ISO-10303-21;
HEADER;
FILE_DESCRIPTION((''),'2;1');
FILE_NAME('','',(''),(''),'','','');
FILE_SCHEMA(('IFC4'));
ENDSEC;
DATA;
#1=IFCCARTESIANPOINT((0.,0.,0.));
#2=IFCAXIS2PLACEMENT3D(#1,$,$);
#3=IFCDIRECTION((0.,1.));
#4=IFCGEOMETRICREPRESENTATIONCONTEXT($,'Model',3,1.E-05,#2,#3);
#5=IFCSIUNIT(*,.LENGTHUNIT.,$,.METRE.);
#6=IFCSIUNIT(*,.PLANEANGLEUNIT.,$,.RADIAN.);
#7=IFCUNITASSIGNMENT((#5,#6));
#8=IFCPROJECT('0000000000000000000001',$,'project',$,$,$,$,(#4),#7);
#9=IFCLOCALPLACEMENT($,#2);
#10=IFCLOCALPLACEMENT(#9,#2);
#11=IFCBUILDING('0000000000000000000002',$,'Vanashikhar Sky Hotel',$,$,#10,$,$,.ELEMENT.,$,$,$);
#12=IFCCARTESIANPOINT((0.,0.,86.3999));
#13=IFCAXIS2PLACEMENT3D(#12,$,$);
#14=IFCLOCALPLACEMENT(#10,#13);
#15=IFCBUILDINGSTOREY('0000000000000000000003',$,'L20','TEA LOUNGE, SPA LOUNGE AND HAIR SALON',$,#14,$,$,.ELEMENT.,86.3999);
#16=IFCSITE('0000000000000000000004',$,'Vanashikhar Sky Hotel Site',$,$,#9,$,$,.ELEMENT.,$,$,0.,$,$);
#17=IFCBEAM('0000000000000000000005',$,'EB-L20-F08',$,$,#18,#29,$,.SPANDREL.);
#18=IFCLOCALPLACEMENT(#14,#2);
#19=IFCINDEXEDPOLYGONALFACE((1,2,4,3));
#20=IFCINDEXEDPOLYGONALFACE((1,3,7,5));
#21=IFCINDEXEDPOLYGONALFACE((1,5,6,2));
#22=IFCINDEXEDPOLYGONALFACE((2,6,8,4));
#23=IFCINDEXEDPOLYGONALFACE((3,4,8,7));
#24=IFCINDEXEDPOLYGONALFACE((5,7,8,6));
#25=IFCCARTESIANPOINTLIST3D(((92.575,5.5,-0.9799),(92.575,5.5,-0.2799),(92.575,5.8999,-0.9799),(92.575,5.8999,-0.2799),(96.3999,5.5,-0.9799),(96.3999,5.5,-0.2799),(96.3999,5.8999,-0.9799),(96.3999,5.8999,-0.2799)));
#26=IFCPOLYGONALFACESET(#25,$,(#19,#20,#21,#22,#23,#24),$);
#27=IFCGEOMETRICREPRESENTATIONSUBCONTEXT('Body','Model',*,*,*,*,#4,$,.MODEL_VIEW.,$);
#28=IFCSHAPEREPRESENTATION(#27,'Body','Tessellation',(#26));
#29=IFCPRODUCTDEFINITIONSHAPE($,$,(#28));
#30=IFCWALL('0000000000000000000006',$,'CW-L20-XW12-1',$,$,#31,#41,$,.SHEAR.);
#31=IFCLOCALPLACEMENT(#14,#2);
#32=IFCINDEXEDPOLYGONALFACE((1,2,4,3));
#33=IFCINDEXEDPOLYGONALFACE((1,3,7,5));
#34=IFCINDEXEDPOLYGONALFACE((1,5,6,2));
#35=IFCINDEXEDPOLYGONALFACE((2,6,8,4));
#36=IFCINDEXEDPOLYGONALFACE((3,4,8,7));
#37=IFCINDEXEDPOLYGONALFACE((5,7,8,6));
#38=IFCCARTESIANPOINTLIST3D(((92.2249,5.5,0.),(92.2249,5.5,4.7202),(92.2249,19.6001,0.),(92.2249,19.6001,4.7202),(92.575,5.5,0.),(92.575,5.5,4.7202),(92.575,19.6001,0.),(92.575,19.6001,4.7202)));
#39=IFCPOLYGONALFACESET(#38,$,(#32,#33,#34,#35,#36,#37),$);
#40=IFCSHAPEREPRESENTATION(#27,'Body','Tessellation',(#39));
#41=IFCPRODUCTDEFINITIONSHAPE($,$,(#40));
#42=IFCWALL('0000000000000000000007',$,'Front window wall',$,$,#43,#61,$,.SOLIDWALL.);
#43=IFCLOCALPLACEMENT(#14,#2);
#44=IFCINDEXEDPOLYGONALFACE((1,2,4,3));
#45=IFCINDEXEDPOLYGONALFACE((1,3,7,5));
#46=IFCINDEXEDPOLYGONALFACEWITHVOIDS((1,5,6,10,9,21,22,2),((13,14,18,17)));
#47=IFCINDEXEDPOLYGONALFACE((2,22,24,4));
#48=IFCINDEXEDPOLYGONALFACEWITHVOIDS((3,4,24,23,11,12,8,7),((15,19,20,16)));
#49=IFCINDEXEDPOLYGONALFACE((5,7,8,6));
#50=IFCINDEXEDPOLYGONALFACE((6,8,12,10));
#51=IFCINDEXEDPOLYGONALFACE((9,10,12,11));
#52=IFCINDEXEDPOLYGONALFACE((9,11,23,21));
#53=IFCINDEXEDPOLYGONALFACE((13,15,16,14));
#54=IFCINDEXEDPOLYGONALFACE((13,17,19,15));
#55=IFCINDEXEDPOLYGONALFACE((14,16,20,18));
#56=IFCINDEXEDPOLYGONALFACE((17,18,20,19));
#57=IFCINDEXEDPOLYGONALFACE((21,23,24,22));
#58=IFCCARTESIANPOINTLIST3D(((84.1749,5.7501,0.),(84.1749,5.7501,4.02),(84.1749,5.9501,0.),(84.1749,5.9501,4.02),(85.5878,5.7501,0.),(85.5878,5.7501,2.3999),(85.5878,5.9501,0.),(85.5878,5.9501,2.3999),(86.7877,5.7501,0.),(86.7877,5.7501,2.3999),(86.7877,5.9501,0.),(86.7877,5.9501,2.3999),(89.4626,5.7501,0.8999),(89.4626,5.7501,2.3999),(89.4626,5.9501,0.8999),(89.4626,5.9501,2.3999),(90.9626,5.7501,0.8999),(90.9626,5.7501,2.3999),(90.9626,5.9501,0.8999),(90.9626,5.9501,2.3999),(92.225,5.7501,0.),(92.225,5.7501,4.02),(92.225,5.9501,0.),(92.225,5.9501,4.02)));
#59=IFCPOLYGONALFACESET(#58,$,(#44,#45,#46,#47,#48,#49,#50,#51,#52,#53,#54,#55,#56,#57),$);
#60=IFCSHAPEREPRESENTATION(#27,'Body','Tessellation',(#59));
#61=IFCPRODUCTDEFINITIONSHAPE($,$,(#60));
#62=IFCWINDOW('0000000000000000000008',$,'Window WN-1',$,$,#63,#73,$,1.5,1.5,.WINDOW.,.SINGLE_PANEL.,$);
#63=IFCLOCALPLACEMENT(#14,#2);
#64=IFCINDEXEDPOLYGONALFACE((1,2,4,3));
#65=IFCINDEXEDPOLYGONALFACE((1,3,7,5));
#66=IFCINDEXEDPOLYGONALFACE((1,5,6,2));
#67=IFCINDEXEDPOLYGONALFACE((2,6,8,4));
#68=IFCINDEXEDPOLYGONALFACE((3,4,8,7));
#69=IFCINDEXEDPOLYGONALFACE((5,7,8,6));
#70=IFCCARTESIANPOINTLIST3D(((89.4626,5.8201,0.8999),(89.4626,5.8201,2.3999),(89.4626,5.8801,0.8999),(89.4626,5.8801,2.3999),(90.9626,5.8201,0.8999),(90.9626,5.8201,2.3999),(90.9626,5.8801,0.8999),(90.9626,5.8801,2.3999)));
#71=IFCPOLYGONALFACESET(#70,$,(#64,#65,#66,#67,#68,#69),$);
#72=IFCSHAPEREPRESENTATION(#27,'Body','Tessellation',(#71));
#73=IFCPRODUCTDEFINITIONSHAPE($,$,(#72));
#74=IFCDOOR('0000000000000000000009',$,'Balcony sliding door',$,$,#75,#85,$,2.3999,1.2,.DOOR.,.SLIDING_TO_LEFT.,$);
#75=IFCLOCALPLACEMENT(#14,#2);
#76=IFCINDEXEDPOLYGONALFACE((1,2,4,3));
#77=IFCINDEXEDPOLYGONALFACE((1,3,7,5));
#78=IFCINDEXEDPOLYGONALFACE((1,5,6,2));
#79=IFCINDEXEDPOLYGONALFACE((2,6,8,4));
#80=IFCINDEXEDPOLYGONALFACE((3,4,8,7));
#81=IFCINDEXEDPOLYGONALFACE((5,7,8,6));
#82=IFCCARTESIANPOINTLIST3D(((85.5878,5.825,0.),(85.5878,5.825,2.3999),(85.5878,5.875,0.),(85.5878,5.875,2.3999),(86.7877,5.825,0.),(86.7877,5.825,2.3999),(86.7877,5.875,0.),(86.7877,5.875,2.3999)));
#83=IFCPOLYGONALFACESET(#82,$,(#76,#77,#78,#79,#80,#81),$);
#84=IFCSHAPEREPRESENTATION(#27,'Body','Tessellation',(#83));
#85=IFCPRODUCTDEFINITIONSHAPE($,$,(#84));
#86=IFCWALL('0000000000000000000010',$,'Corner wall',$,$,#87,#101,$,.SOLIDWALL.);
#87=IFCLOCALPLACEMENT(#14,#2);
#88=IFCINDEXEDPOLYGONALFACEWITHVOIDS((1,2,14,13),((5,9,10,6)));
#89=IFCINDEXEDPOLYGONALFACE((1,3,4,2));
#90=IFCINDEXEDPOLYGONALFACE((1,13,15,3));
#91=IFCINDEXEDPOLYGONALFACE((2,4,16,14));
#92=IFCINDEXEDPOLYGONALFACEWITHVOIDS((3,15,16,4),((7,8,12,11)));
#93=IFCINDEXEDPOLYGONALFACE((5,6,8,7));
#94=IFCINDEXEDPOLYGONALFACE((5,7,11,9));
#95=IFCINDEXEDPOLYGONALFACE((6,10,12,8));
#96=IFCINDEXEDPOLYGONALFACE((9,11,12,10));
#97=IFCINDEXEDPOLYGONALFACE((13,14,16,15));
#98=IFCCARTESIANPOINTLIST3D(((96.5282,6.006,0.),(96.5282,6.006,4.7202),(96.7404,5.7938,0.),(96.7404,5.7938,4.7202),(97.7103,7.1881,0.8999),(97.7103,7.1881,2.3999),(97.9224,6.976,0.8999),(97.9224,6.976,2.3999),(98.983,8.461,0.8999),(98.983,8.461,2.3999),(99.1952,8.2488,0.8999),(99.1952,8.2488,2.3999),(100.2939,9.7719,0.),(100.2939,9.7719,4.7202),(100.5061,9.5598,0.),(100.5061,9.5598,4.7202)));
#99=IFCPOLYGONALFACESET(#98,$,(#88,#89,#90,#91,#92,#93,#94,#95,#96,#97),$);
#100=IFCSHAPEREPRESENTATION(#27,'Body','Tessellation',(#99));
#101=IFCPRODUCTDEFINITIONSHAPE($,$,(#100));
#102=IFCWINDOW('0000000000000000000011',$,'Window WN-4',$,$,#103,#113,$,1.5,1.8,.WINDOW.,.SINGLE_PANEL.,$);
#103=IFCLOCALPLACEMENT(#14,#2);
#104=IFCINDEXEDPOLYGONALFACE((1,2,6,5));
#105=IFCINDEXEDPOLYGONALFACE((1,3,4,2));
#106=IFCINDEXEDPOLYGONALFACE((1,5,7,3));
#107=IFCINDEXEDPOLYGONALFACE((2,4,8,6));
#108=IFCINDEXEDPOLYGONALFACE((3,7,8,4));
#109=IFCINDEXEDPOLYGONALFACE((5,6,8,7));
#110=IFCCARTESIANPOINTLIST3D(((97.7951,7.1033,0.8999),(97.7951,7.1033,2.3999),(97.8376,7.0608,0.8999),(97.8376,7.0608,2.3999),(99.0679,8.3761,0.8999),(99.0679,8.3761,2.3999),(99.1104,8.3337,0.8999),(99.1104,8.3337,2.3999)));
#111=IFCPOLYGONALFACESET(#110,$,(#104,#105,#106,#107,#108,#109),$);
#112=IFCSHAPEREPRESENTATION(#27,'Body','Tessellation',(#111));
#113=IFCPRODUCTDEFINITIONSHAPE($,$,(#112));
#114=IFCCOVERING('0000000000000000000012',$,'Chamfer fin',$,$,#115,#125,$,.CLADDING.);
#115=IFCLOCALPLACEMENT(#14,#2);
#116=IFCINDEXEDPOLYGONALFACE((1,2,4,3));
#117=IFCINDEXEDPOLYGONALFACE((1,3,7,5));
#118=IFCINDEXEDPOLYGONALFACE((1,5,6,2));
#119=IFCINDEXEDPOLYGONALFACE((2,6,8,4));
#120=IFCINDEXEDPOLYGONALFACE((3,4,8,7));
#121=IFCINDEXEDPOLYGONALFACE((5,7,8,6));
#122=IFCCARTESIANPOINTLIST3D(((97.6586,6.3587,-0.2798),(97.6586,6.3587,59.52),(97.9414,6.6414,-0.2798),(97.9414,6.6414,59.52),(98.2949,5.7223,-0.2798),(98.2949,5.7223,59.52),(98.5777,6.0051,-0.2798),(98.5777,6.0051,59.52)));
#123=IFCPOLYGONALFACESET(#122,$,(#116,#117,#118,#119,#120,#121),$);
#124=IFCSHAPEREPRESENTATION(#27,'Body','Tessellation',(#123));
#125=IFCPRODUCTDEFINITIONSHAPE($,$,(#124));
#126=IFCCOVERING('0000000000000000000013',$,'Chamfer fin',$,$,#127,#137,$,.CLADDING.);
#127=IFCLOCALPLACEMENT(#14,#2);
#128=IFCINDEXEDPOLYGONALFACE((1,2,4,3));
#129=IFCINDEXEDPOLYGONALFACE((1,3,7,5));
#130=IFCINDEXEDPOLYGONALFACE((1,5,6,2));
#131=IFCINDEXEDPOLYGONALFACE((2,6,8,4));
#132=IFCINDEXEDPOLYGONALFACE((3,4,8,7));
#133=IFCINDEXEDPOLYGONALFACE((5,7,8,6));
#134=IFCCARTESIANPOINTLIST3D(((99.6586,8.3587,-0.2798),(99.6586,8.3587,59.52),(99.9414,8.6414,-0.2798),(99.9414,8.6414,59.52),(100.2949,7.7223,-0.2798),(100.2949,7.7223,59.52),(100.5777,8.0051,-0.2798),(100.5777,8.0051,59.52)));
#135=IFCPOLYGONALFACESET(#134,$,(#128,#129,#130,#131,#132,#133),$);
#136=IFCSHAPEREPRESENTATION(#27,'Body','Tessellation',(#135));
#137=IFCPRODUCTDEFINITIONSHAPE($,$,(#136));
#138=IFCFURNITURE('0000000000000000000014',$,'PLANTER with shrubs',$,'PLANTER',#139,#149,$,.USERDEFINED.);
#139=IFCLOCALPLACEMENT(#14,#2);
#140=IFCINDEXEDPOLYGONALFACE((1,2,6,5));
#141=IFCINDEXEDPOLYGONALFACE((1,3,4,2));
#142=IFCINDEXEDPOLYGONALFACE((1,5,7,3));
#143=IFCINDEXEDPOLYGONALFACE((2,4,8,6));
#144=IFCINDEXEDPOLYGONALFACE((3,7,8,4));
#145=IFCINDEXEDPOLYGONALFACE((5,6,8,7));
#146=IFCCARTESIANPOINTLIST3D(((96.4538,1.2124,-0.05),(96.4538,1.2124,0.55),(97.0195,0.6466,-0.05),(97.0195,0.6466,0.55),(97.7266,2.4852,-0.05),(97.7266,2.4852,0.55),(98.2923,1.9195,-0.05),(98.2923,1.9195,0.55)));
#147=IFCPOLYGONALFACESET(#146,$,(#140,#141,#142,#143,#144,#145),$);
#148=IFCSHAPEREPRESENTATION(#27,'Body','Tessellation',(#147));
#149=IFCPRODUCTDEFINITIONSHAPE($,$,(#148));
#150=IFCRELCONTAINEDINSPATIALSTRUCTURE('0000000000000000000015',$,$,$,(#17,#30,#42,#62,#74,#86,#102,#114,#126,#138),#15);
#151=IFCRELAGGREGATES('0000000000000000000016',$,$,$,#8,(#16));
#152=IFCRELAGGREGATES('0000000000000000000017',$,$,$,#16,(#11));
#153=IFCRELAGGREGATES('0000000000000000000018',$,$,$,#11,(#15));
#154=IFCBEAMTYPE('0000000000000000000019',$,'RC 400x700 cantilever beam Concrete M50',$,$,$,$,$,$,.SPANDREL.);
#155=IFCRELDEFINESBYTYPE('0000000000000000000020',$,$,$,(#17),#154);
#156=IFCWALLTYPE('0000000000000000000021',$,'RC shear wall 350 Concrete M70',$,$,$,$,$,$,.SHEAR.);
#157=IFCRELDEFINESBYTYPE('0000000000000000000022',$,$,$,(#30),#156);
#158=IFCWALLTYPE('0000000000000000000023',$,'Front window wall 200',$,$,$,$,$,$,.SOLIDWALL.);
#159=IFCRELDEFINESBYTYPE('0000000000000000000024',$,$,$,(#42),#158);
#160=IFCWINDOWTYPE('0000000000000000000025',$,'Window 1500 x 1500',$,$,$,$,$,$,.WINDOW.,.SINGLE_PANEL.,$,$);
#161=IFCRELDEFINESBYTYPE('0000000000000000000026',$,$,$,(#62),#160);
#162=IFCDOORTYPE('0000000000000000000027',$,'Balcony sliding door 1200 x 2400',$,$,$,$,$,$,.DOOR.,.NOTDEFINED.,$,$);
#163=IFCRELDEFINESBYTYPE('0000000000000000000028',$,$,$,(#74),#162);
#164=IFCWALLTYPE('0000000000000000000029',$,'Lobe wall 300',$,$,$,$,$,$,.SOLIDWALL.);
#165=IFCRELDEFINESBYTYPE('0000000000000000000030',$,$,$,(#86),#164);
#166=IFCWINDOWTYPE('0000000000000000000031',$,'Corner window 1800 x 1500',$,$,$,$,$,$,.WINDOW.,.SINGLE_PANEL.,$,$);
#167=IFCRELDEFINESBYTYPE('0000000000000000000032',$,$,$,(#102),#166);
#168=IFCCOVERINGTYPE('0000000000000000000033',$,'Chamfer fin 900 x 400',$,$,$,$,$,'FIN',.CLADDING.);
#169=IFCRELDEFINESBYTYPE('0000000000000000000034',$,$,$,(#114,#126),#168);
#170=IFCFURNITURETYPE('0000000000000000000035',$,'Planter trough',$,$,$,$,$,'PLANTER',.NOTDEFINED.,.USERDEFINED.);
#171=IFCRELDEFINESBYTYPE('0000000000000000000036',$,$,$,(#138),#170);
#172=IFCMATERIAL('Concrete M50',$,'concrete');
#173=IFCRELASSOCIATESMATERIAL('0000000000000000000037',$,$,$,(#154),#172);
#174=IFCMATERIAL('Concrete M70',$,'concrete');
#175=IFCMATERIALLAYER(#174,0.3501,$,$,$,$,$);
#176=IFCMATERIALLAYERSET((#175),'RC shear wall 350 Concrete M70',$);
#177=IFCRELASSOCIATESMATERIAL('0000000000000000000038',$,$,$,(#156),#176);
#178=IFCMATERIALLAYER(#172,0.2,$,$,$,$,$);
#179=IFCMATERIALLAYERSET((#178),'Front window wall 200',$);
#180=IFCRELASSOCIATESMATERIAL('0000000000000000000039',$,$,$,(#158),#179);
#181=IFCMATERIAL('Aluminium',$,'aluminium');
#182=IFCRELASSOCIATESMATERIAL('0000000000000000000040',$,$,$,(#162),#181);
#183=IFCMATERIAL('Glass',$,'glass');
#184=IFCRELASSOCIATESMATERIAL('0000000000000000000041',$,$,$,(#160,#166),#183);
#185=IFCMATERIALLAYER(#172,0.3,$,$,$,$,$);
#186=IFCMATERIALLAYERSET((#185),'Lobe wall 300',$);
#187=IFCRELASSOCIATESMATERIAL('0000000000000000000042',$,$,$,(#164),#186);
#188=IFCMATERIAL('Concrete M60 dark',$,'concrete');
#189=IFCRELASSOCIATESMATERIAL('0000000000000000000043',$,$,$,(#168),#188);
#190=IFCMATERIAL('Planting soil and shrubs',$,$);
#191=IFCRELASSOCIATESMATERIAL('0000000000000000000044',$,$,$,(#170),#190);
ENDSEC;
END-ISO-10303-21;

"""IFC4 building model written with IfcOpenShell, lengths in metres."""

from ifc_helpers import new_model, si_unit, direction, frame, frame_2d, origin, origin_2d, place, context, subcontext, project, spatial, rectangle, extrude, source, transform, mapped, material, layer, layer_set, material_profile, profile_set, type_object, element, fill, save


model = new_model("IFC4")

# Units and contexts
model_context = context("Model", 3, precision=1e-05, world=origin(), true_north=direction((0.0, 1.0)))
body_context = subcontext(model_context, "Body", "Model", "MODEL_VIEW")
ifc_project = project(units=[si_unit("LENGTHUNIT", "METRE"), si_unit("PLANEANGLEUNIT", "RADIAN")], contexts=[model_context])

# Site, building, storey
site_placement = place(None, origin())
site = spatial("IfcSite", under=ifc_project, at=site_placement, Name="Vanashikhar Sky Hotel Site", CompositionType="ELEMENT", RefElevation=0.0)
building_placement = place(site_placement, origin())
building = spatial("IfcBuilding", under=site, at=building_placement, Name="Vanashikhar Sky Hotel", CompositionType="ELEMENT")
storey_placement = place(building_placement, frame((0.0, 0.0, 86.3999)))
storey = spatial("IfcBuildingStorey", under=building, at=storey_placement, Name="L20", Description="TEA LOUNGE, SPA LOUNGE AND HAIR SALON", CompositionType="ELEMENT", Elevation=86.3999)

# Beam
ifc_material_1 = material(Name="Concrete M50", Category="concrete")
ifc_material_profile_1 = material_profile(ifc_material_1, rectangle(XDim=0.3999, YDim=0.7, at=origin_2d()))
ifc_profile_set_1 = profile_set([ifc_material_profile_1], Name="RC 400x700 cantilever beam Concrete M50")
beam_type = type_object("IfcBeamType", Name="RC 400x700 cantilever beam Concrete M50", PredefinedType="SPANDREL", material=ifc_profile_set_1)
shared_shape_1 = source(origin(), body_context, "Body", "SweptSolid", [
    extrude(rectangle(XDim=0.3999, YDim=0.7, at=origin_2d()), origin(), (0.0, 0.0, 1.0), 3.825),
])
beam_placement = place(storey_placement, frame((92.575, 5.7, -0.6299), z_axis=(1.0, 0.0, 0.0), x_axis=(0.0, 1.0, 0.0)))
element("IfcBeam", 1, at=beam_placement, inside=storey, type_object=beam_type, Name="EB-L20-F08", PredefinedType="SPANDREL", context=body_context, shape_type="MappedRepresentation", body=[
    mapped(shared_shape_1, transform((0.0, 0.0, 0.0), scale=1.0)),
])

# Wall
ifc_material_2 = material(Name="Concrete M70", Category="concrete")
ifc_layer_1 = layer(ifc_material_2, 0.3501)
ifc_layer_set_1 = layer_set([ifc_layer_1], Name="RC shear wall 350 Concrete M70")
wall_type_1 = type_object("IfcWallType", Name="RC shear wall 350 Concrete M70", PredefinedType="SHEAR", material=ifc_layer_set_1)
shared_shape_2 = source(origin(), body_context, "Body", "SweptSolid", [
    extrude(rectangle(XDim=14.1001, YDim=0.3501, at=frame_2d((7.05, 0.0))), origin(), (0.0, 0.0, 1.0), 4.7202),
])
wall_1_placement = place(storey_placement, frame((92.3999, 5.5, 0.0), z_axis=(0.0, 0.0, 1.0), x_axis=(0.0, 1.0, 0.0)))
element("IfcWall", 2, at=wall_1_placement, inside=storey, type_object=wall_type_1, Name="CW-L20-XW12-1", PredefinedType="SHEAR", context=body_context, shape_type="MappedRepresentation", body=[
    mapped(shared_shape_2, transform((0.0, 0.0, 0.0), scale=1.0)),
])

# Shared definitions
ifc_layer_2 = layer(ifc_material_1, 0.2)
ifc_layer_set_2 = layer_set([ifc_layer_2], Name="Front window wall 200")
wall_type_2 = type_object("IfcWallType", Name="Front window wall 200", PredefinedType="SOLIDWALL", material=ifc_layer_set_2)
shared_shape_3 = source(origin(), body_context, "Body", "SweptSolid", [
    extrude(rectangle(XDim=1.2, YDim=2.3999, at=frame_2d((0.6001, 1.2))), frame((0.0, 0.1099, 0.0), z_axis=(0.0, -1.0, 0.0), x_axis=(1.0, 0.0, 0.0)), (0.0, 0.0, 1.0), 0.22),
])
ifc_material_3 = material(Name="Aluminium", Category="aluminium")
door_type = type_object("IfcDoorType", Name="Balcony sliding door 1200 x 2400", OperationType="NOTDEFINED", PredefinedType="DOOR", material=ifc_material_3)
shared_shape_4 = source(origin(), body_context, "Body", "SweptSolid", [
    extrude(rectangle(XDim=1.2, YDim=2.3999, at=frame_2d((0.6001, 1.2))), frame((0.0, 0.0249, 0.0), z_axis=(0.0, -1.0, 0.0), x_axis=(1.0, 0.0, 0.0)), (0.0, 0.0, 1.0), 0.05),
])

# Wall, openings, window, door
shared_shape_5 = source(origin(), body_context, "Body", "SweptSolid", [
    extrude(rectangle(XDim=8.05, YDim=0.2, at=frame_2d((4.0249, 0.0))), origin(), (0.0, 0.0, 1.0), 4.02),
])
wall_2_placement = place(storey_placement, frame((84.175, 5.8501, 0.0), z_axis=(0.0, 0.0, 1.0), x_axis=(1.0, 0.0, 0.0)))
wall_2 = element("IfcWall", 3, at=wall_2_placement, inside=storey, type_object=wall_type_2, Name="Front window wall", PredefinedType="SOLIDWALL", context=body_context, shape_type="MappedRepresentation", body=[
    mapped(shared_shape_5, transform((0.0, 0.0, 0.0), scale=1.0)),
])
shared_shape_6 = source(origin(), body_context, "Body", "SweptSolid", [
    extrude(rectangle(XDim=1.5, YDim=1.5, at=frame_2d((0.75, 0.75))), frame((0.0, 0.1099, 0.0), z_axis=(0.0, -1.0, 0.0), x_axis=(1.0, 0.0, 0.0)), (0.0, 0.0, 1.0), 0.22),
])
opening_1_placement = place(wall_2_placement, frame((5.2876, 0.0, 0.8999)))
opening_1 = element("IfcOpeningElement", 4, at=opening_1_placement, cuts=wall_2, PredefinedType="OPENING", context=body_context, shape_type="MappedRepresentation", body=[
    mapped(shared_shape_6, transform((0.0, 0.0, 0.0), scale=1.0)),
])
opening_2_placement = place(wall_2_placement, frame((1.4126, 0.0, 0.0)))
opening_2 = element("IfcOpeningElement", 5, at=opening_2_placement, cuts=wall_2, PredefinedType="OPENING", context=body_context, shape_type="MappedRepresentation", body=[
    mapped(shared_shape_3, transform((0.0, 0.0, 0.0), scale=1.0)),
])
ifc_material_4 = material(Name="Glass", Category="glass")
window_type_1 = type_object("IfcWindowType", Name="Window 1500 x 1500", PartitioningType="SINGLE_PANEL", PredefinedType="WINDOW", material=ifc_material_4)
shared_shape_7 = source(origin(), body_context, "Body", "SweptSolid", [
    extrude(rectangle(XDim=1.5, YDim=1.5, at=frame_2d((0.75, 0.75))), frame((0.0, 0.03, 0.0), z_axis=(0.0, -1.0, 0.0), x_axis=(1.0, 0.0, 0.0)), (0.0, 0.0, 1.0), 0.0601),
])
window_1_placement = place(opening_1_placement, origin())
window_1 = element("IfcWindow", 6, at=window_1_placement, inside=storey, type_object=window_type_1, Name="Window WN-1", OverallHeight=1.5, OverallWidth=1.5, PartitioningType="SINGLE_PANEL", PredefinedType="WINDOW", context=body_context, shape_type="MappedRepresentation", body=[
    mapped(shared_shape_7, transform((0.0, 0.0, 0.0), scale=1.0)),
])
fill(opening_1, window_1)
door_1_placement = place(opening_2_placement, origin())
door_1 = element("IfcDoor", 7, at=door_1_placement, inside=storey, type_object=door_type, Name="Balcony sliding door", OperationType="SLIDING_TO_LEFT", OverallHeight=2.3999, OverallWidth=1.2, PredefinedType="DOOR", context=body_context, shape_type="MappedRepresentation", body=[
    mapped(shared_shape_4, transform((0.0, 0.0, 0.0), scale=1.0)),
])
fill(opening_2, door_1)

# Wall, opening, window
ifc_layer_3 = layer(ifc_material_1, 0.3)
ifc_layer_set_3 = layer_set([ifc_layer_3], Name="Lobe wall 300")
wall_type_3 = type_object("IfcWallType", Name="Lobe wall 300", PredefinedType="SOLIDWALL", material=ifc_layer_set_3)
shared_shape_8 = source(origin(), body_context, "Body", "SweptSolid", [
    extrude(rectangle(XDim=5.3257, YDim=0.3, at=frame_2d((2.6628, 0.0))), origin(), (0.0, 0.0, 1.0), 4.7202),
])
wall_3_placement = place(storey_placement, frame((96.6343, 5.8999, 0.0), z_axis=(0.0, 0.0, 1.0), x_axis=(0.707084, 0.70713, 0.0)))
wall_3 = element("IfcWall", 8, at=wall_3_placement, inside=storey, type_object=wall_type_3, Name="Corner wall", PredefinedType="SOLIDWALL", context=body_context, shape_type="MappedRepresentation", body=[
    mapped(shared_shape_8, transform((0.0, 0.0, 0.0), scale=1.0)),
])
shared_shape_9 = source(origin(), body_context, "Body", "SweptSolid", [
    extrude(rectangle(XDim=1.8, YDim=1.5, at=frame_2d((0.8999, 0.75))), frame((0.0, 0.1602, 0.0), z_axis=(0.0, -1.0, 0.0), x_axis=(1.0, 0.0, 0.0)), (0.0, 0.0, 1.0), 0.3201),
])
opening_3_placement = place(wall_3_placement, frame((1.6719, 0.0, 0.8999)))
opening_3 = element("IfcOpeningElement", 9, at=opening_3_placement, cuts=wall_3, PredefinedType="OPENING", context=body_context, shape_type="MappedRepresentation", body=[
    mapped(shared_shape_9, transform((0.0, 0.0, 0.0), scale=1.0)),
])
window_type_2 = type_object("IfcWindowType", Name="Corner window 1800 x 1500", PartitioningType="SINGLE_PANEL", PredefinedType="WINDOW", material=ifc_material_4)
shared_shape_10 = source(origin(), body_context, "Body", "SweptSolid", [
    extrude(rectangle(XDim=1.8, YDim=1.5, at=frame_2d((0.8999, 0.75))), frame((0.0, 0.03, 0.0), z_axis=(0.0, -1.0, 0.0), x_axis=(1.0, 0.0, 0.0)), (0.0, 0.0, 1.0), 0.0601),
])
window_2_placement = place(opening_3_placement, origin())
window_2 = element("IfcWindow", 10, at=window_2_placement, inside=storey, type_object=window_type_2, Name="Window WN-4", OverallHeight=1.5, OverallWidth=1.8, PartitioningType="SINGLE_PANEL", PredefinedType="WINDOW", context=body_context, shape_type="MappedRepresentation", body=[
    mapped(shared_shape_10, transform((0.0, 0.0, 0.0), scale=1.0)),
])
fill(opening_3, window_2)

# Coverings
ifc_material_5 = material(Name="Concrete M60 dark", Category="concrete")
ifc_material_profile_2 = material_profile(ifc_material_5, rectangle(XDim=0.8999, YDim=0.3999, at=origin_2d()))
ifc_profile_set_2 = profile_set([ifc_material_profile_2], Name="Chamfer fin 900 x 400")
covering_type = type_object("IfcCoveringType", Name="Chamfer fin 900 x 400", ElementType="FIN", PredefinedType="CLADDING", material=ifc_profile_set_2)
shared_shape_11 = source(origin(), body_context, "Body", "SweptSolid", [
    extrude(rectangle(XDim=0.8999, YDim=0.3999, at=origin_2d()), origin(), (0.0, 0.0, 1.0), 59.7998),
])
for number, where, z_axis, x_axis, name in (
    (11, (98.1182, 6.1819, -0.2798), (0.0, 0.0, 1.0), (0.707107, -0.707107, 0.0), "Chamfer fin"),
    (12, (100.1182, 8.1819, -0.2798), (0.0, 0.0, 1.0), (0.707107, -0.707107, 0.0), "Chamfer fin"),
):
    element("IfcCovering", number, at=place(storey_placement, frame(where, z_axis=z_axis, x_axis=x_axis)), inside=storey, type_object=covering_type, Name=name, PredefinedType="CLADDING", context=body_context, shape_type="MappedRepresentation", body=[
        mapped(shared_shape_11, transform((0.0, 0.0, 0.0), scale=1.0)),
    ])

# Furniture
ifc_material_6 = material(Name="Planting soil and shrubs")
furniture_type = type_object("IfcFurnitureType", Name="Planter trough", ElementType="PLANTER", AssemblyPlace="NOTDEFINED", PredefinedType="USERDEFINED", material=ifc_material_6)
shared_shape_12 = source(origin(), body_context, "Body", "SweptSolid", [
    extrude(rectangle(XDim=1.8, YDim=0.8, at=origin_2d()), origin(), (0.0, 0.0, 1.0), 0.6001),
])
furniture_placement = place(storey_placement, frame((97.373, 1.5659, -0.05), z_axis=(0.0, 0.0, 1.0), x_axis=(-0.707107, -0.707107, 0.0)))
element("IfcFurniture", 13, at=furniture_placement, inside=storey, type_object=furniture_type, Name="PLANTER with shrubs", ObjectType="PLANTER", PredefinedType="USERDEFINED", context=body_context, shape_type="MappedRepresentation", body=[
    mapped(shared_shape_12, transform((0.0, 0.0, 0.0), scale=1.0)),
])

save(model, "model.ifc")
